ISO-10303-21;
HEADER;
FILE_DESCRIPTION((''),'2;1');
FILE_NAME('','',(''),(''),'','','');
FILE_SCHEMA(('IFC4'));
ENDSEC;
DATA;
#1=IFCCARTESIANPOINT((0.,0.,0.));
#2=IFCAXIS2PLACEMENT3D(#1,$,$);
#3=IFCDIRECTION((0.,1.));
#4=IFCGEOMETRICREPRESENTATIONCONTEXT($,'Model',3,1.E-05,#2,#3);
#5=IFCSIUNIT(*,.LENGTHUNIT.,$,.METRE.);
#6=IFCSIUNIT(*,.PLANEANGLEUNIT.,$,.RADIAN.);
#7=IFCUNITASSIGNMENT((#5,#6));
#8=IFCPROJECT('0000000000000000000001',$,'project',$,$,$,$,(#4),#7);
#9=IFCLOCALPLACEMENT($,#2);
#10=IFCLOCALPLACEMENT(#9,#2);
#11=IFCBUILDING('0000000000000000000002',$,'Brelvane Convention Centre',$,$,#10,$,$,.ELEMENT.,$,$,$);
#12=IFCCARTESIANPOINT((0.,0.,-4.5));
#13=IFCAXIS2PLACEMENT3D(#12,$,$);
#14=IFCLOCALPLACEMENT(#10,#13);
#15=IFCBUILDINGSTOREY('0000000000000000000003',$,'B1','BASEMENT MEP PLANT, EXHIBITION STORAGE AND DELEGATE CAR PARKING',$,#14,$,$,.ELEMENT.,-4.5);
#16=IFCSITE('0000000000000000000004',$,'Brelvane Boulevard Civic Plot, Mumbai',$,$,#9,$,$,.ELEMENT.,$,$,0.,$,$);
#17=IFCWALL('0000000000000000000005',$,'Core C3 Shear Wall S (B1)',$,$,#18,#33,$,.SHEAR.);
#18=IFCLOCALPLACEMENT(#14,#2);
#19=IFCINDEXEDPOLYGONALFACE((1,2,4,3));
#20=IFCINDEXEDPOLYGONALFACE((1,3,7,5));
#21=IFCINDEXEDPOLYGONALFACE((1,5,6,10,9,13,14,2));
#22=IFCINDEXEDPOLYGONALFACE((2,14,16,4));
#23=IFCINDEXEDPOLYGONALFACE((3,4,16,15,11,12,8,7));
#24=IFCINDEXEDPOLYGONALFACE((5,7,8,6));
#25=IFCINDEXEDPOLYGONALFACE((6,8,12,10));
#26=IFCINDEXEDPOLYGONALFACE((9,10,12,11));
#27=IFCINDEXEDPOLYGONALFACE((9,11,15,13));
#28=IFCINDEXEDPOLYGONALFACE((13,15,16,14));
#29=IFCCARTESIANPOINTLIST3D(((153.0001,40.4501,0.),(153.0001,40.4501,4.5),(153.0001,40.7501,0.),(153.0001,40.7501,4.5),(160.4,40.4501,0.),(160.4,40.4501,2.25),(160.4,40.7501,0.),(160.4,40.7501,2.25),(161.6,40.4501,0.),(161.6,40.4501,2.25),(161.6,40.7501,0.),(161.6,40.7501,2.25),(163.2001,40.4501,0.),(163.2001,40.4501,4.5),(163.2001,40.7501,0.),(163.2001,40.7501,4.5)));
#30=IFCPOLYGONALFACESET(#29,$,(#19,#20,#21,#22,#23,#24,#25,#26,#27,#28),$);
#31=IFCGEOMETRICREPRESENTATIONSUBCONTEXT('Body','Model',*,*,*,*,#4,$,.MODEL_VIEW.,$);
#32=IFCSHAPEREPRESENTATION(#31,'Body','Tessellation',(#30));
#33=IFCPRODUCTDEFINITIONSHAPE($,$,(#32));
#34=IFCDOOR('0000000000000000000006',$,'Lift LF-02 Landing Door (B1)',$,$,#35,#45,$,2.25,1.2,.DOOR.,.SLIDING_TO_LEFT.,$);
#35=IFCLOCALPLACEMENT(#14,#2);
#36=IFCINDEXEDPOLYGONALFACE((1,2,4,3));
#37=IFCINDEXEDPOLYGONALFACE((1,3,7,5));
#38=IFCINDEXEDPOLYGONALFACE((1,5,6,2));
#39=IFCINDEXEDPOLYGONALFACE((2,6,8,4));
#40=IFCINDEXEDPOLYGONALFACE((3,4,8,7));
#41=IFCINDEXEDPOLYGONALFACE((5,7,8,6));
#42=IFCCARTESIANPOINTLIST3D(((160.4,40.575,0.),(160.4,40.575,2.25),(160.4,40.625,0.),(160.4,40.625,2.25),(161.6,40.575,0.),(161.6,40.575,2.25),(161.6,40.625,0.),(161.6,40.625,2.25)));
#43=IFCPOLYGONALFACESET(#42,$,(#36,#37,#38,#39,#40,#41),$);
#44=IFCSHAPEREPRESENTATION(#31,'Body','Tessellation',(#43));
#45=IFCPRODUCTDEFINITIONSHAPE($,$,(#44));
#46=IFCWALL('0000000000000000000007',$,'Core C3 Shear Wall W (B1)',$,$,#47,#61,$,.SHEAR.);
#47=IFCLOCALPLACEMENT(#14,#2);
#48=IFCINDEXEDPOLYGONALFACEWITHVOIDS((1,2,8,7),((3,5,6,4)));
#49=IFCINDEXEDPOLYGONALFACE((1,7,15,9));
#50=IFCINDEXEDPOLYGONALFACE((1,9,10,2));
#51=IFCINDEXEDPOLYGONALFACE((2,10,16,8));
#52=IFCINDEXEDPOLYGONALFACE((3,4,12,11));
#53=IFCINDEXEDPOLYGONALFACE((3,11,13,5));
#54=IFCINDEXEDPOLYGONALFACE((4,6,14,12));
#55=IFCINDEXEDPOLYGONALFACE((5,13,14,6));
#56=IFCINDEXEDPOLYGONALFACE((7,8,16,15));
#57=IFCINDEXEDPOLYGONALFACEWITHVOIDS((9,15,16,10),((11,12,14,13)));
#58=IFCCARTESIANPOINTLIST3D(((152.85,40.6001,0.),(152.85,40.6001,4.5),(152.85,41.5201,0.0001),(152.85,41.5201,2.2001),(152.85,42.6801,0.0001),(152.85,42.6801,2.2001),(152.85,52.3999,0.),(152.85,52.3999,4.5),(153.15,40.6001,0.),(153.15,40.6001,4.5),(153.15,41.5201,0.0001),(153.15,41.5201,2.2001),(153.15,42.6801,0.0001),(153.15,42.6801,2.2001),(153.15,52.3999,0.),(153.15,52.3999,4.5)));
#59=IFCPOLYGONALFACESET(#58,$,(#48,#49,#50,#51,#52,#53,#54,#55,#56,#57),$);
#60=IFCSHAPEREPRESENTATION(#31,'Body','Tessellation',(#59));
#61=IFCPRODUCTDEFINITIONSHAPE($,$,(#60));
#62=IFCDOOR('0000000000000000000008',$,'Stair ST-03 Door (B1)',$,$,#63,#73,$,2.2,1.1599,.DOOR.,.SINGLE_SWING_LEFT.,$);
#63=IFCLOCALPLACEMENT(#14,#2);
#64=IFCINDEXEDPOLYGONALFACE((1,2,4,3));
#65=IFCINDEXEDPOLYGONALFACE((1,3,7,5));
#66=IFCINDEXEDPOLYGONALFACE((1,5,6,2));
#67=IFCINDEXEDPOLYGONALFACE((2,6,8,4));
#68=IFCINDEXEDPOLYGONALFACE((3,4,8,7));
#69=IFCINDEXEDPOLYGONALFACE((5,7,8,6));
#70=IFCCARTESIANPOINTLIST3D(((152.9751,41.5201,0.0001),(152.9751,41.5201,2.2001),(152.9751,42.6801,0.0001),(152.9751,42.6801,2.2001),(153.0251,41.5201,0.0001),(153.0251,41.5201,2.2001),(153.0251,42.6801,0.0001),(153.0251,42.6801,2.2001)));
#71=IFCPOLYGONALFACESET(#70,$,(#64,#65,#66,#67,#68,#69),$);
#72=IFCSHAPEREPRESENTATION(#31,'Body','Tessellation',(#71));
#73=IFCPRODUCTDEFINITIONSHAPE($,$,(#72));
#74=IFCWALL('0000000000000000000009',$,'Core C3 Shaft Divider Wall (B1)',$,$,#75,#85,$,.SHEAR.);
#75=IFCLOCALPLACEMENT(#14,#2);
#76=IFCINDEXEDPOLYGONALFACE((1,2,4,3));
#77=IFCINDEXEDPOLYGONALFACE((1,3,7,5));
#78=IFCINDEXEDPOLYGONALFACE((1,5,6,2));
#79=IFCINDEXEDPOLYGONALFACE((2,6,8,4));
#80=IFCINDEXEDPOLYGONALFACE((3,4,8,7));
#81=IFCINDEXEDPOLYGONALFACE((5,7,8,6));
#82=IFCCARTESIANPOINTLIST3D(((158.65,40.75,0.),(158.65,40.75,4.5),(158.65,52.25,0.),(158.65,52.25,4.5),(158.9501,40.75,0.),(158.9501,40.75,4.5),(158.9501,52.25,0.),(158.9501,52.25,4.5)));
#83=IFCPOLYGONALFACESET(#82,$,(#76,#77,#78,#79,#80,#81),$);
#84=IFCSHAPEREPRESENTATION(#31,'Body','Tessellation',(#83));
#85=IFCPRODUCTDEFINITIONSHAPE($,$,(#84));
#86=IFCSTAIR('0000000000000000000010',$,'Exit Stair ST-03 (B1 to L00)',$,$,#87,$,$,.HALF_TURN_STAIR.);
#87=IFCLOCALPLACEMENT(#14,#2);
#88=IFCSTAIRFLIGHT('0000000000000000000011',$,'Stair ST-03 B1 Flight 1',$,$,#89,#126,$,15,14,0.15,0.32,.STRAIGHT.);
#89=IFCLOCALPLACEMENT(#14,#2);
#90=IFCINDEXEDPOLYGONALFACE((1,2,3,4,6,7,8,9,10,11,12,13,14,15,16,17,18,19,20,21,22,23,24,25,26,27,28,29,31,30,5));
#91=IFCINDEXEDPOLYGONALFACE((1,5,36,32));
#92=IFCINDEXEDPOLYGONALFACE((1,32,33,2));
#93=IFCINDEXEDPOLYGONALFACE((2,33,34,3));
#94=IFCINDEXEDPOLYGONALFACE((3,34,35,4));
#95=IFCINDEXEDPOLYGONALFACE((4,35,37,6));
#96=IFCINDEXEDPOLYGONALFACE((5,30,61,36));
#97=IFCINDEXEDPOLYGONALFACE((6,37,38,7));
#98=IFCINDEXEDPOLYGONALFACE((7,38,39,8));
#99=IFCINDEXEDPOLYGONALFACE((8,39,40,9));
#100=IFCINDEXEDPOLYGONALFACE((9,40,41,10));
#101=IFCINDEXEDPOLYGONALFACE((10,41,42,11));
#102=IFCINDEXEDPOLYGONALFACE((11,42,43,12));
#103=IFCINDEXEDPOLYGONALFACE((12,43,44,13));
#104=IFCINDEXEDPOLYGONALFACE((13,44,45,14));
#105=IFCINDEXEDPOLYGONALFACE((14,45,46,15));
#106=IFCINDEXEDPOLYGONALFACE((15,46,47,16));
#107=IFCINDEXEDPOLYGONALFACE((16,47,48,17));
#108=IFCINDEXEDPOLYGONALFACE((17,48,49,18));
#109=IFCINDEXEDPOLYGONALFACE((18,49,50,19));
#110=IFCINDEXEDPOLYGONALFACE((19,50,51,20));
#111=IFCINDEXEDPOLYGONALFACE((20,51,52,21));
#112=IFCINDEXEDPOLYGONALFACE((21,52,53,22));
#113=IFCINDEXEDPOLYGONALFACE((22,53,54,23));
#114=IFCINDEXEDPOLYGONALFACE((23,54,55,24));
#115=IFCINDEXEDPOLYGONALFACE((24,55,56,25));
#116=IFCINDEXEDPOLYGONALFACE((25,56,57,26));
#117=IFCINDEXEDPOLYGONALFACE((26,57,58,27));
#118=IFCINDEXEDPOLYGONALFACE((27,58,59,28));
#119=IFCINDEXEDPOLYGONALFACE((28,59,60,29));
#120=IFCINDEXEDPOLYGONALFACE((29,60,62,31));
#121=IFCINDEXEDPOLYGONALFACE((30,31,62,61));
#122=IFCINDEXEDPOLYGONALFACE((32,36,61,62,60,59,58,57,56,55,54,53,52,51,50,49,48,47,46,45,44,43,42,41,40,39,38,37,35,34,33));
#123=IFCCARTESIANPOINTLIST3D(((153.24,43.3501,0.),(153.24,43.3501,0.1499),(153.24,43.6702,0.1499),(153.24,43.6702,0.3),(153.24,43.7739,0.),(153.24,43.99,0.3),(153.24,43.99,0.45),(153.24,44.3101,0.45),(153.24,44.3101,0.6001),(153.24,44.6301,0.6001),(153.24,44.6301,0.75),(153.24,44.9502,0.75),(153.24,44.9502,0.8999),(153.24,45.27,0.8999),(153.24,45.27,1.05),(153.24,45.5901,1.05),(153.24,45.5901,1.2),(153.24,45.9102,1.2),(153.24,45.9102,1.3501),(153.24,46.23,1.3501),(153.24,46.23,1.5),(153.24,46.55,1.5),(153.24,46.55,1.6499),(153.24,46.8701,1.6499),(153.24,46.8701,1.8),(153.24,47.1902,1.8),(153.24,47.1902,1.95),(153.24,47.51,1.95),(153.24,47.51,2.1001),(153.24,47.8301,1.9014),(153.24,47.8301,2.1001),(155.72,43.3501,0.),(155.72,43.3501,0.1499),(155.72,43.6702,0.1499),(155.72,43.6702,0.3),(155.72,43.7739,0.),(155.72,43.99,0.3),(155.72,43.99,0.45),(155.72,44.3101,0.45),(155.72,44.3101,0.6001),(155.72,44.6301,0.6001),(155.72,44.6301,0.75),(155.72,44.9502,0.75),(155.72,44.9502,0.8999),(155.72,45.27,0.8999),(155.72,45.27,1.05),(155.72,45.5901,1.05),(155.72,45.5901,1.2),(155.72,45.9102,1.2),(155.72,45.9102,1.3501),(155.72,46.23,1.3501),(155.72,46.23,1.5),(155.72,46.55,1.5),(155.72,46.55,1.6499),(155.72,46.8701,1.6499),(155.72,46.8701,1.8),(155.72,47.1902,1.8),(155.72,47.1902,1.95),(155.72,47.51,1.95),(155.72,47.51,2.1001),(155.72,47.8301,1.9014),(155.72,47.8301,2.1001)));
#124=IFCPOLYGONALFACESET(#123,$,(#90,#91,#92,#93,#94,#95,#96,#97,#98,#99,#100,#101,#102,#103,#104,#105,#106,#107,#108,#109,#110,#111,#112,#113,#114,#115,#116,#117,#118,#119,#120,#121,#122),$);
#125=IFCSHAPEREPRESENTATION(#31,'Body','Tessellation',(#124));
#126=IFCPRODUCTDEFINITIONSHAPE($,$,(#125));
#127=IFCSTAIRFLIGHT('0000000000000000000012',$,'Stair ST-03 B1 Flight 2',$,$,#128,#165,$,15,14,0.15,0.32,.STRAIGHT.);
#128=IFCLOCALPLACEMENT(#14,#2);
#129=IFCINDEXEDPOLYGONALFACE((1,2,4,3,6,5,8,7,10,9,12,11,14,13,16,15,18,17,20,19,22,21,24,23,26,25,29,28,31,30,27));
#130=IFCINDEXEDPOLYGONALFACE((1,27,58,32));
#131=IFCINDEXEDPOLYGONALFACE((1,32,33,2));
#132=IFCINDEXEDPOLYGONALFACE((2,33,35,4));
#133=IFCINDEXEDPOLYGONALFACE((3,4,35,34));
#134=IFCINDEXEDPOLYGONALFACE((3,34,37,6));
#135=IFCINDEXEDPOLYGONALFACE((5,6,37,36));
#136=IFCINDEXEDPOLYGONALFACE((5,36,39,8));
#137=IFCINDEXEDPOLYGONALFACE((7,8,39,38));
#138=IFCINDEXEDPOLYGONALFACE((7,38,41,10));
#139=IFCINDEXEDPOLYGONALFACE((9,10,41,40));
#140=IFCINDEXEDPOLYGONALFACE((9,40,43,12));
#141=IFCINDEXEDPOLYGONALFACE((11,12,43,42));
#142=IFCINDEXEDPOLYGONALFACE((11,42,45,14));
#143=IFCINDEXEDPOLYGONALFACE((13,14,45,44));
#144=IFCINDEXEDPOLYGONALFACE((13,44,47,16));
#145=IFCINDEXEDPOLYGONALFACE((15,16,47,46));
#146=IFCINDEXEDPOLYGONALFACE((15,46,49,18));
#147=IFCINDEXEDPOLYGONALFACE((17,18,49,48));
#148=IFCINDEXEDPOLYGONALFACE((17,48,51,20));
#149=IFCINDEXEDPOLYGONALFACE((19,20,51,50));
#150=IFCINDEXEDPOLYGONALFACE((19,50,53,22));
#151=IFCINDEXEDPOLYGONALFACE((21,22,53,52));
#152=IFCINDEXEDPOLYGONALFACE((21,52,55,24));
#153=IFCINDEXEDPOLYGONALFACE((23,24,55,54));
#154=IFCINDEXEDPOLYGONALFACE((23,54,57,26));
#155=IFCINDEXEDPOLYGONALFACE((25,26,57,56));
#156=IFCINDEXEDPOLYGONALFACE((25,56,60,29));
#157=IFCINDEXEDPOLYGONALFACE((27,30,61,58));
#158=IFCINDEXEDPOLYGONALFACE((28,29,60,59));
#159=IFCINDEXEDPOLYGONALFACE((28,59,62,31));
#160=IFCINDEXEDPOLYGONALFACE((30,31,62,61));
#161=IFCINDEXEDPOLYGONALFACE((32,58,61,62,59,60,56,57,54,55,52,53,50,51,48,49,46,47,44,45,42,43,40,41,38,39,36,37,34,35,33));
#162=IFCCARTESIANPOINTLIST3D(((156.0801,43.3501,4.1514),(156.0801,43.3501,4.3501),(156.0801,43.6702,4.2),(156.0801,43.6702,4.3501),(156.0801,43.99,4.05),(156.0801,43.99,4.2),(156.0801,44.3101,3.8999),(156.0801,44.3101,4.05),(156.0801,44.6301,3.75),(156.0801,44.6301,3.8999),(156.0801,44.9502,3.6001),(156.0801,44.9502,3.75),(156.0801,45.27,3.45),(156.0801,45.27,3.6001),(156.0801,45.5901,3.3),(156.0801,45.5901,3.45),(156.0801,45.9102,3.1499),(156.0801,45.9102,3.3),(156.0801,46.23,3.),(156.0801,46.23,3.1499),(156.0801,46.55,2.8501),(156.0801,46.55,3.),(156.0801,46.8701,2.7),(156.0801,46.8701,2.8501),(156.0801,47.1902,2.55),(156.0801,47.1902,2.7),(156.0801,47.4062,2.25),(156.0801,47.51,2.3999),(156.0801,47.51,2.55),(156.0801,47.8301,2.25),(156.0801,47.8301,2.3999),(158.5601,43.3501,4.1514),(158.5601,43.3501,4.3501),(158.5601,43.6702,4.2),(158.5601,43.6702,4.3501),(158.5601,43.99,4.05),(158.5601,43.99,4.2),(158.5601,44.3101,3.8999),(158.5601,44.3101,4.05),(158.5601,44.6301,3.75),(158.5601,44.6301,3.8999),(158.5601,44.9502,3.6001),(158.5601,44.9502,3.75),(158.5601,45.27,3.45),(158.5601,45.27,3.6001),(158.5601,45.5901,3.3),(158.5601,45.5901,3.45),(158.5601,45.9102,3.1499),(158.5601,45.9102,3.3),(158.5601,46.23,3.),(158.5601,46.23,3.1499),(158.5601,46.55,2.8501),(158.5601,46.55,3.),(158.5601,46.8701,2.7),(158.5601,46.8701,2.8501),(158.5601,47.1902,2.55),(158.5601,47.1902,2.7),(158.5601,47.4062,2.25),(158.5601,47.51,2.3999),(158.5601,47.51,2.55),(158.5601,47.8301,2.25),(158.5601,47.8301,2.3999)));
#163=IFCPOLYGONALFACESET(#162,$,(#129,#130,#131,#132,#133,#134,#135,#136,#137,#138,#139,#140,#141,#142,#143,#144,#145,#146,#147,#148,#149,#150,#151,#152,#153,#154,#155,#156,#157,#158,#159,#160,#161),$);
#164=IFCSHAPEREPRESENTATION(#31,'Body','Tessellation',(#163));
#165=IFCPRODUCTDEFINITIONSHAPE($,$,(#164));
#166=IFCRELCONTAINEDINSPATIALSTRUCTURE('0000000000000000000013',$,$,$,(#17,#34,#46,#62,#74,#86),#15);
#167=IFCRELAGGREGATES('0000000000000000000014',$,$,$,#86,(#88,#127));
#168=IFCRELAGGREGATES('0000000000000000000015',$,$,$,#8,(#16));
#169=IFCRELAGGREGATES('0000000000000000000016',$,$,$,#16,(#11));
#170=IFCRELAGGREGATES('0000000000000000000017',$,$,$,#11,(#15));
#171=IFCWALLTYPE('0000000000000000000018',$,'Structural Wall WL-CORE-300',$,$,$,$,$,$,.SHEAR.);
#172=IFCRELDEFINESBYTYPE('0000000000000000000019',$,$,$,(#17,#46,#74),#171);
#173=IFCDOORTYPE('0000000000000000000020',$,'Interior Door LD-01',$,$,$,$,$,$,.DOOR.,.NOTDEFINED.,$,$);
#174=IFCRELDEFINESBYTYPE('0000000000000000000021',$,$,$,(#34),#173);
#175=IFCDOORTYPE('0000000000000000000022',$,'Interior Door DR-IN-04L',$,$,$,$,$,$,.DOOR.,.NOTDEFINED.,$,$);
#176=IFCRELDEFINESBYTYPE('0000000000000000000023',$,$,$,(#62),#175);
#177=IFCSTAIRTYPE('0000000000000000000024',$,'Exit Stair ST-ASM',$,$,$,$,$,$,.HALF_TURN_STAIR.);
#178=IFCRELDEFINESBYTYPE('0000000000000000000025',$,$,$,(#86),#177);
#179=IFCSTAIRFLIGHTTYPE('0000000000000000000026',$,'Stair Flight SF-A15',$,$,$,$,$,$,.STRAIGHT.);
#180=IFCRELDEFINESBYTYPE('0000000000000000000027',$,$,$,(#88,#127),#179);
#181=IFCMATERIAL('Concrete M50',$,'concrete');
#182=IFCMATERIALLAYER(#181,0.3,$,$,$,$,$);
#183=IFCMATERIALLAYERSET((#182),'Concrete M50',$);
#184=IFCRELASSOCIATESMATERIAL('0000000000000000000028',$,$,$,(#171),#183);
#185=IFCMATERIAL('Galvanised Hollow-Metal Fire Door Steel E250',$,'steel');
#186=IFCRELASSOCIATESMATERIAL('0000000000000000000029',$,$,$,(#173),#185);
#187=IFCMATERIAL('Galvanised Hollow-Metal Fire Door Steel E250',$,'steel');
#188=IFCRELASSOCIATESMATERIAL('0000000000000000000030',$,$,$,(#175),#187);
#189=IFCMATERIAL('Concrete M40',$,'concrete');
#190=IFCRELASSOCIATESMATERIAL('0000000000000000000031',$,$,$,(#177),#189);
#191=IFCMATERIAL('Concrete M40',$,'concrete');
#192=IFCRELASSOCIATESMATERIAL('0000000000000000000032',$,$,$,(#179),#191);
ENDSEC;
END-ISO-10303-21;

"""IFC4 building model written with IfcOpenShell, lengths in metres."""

from ifc_helpers import new_model, si_unit, direction, frame, frame_2d, origin, place, context, subcontext, project, spatial, polyline, rectangle, outline, extrude, material, layer, layer_set, type_object, element, fill, aggregate, save


model = new_model("IFC4")

# Units and contexts
model_context = context("Model", 3, precision=1e-05, world=origin(), true_north=direction((0.0, 1.0)))
body_context = subcontext(model_context, "Body", "Model", "MODEL_VIEW")
ifc_project = project(units=[si_unit("LENGTHUNIT", "METRE"), si_unit("PLANEANGLEUNIT", "RADIAN")], contexts=[model_context])

# Site, building, storey
site_placement = place(None, origin())
site = spatial("IfcSite", under=ifc_project, at=site_placement, Name="Brelvane Boulevard Civic Plot, Mumbai", CompositionType="ELEMENT", RefElevation=0.0)
building_placement = place(site_placement, origin())
building = spatial("IfcBuilding", under=site, at=building_placement, Name="Brelvane Convention Centre", CompositionType="ELEMENT")
storey_placement = place(building_placement, frame((0.0, 0.0, -4.5)))
storey = spatial("IfcBuildingStorey", under=building, at=storey_placement, Name="B1", Description="BASEMENT MEP PLANT, EXHIBITION STORAGE AND DELEGATE CAR PARKING", CompositionType="ELEMENT", Elevation=-4.5)

# Walls, openings, doors
ifc_material_1 = material(Name="Concrete M50", Category="concrete")
ifc_layer_1 = layer(ifc_material_1, 0.3)
ifc_layer_set_1 = layer_set([ifc_layer_1], Name="Concrete M50")
wall_type_1 = type_object("IfcWallType", Name="Structural Wall WL-CORE-300", PredefinedType="SHEAR", material=ifc_layer_set_1)
wall_1_placement = place(storey_placement, frame((153.0, 40.6001, 0.0), z_axis=(0.0, 0.0, 1.0), x_axis=(1.0, 0.0, 0.0)))
wall_1 = element("IfcWall", 1, at=wall_1_placement, inside=storey, type_object=wall_type_1, Name="Core C3 Shear Wall S (B1)", PredefinedType="SHEAR", context=body_context, shape_type="SweptSolid", body=[
    extrude(rectangle(XDim=10.2, YDim=0.3, at=frame_2d((5.1001, 0.0))), origin(), (0.0, 0.0, 1.0), 4.5),
])
opening_1_placement = place(wall_1_placement, frame((7.3999, 0.0, 0.0)))
opening_1 = element("IfcOpeningElement", 2, at=opening_1_placement, cuts=wall_1, PredefinedType="OPENING", context=body_context, shape_type="SweptSolid", body=[
    extrude(rectangle(XDim=1.2, YDim=2.25, at=frame_2d((0.6001, 1.125))), frame((0.0, 0.1599, 0.0), z_axis=(0.0, -1.0, 0.0), x_axis=(1.0, 0.0, 0.0)), (0.0, 0.0, 1.0), 0.3201),
])
ifc_material_2 = material(Name="Galvanised Hollow-Metal Fire Door Steel E250", Category="steel")
door_type_1 = type_object("IfcDoorType", Name="Interior Door LD-01", OperationType="NOTDEFINED", PredefinedType="DOOR", material=ifc_material_2)
door_1_placement = place(opening_1_placement, origin())
door_1 = element("IfcDoor", 3, at=door_1_placement, inside=storey, type_object=door_type_1, Name="Lift LF-02 Landing Door (B1)", OperationType="SLIDING_TO_LEFT", OverallHeight=2.25, OverallWidth=1.2, PredefinedType="DOOR", context=body_context, shape_type="SweptSolid", body=[
    extrude(rectangle(XDim=1.2, YDim=2.25, at=frame_2d((0.6001, 1.125))), frame((0.0, 0.0249, 0.0), z_axis=(0.0, -1.0, 0.0), x_axis=(1.0, 0.0, 0.0)), (0.0, 0.0, 1.0), 0.05),
])
fill(opening_1, door_1)
wall_2_placement = place(storey_placement, frame((153.0, 40.6001, 0.0), z_axis=(0.0, 0.0, 1.0), x_axis=(0.0, 1.0, 0.0)))
wall_2 = element("IfcWall", 4, at=wall_2_placement, inside=storey, type_object=wall_type_1, Name="Core C3 Shear Wall W (B1)", PredefinedType="SHEAR", context=body_context, shape_type="SweptSolid", body=[
    extrude(rectangle(XDim=11.7998, YDim=0.3, at=frame_2d((5.8999, 0.0))), origin(), (0.0, 0.0, 1.0), 4.5),
])
opening_2_placement = place(wall_2_placement, frame((0.9199, 0.0, 0.0)))
opening_2 = element("IfcOpeningElement", 5, at=opening_2_placement, cuts=wall_2, PredefinedType="OPENING", context=body_context, shape_type="SweptSolid", body=[
    extrude(rectangle(XDim=1.1599, YDim=2.2, at=frame_2d((0.5801, 1.1001))), frame((0.0, 0.1599, 0.0), z_axis=(0.0, -1.0, 0.0), x_axis=(1.0, 0.0, 0.0)), (0.0, 0.0, 1.0), 0.3201),
])
ifc_material_3 = material(Name="Galvanised Hollow-Metal Fire Door Steel E250", Category="steel")
door_type_2 = type_object("IfcDoorType", Name="Interior Door DR-IN-04L", OperationType="NOTDEFINED", PredefinedType="DOOR", material=ifc_material_3)
door_2_placement = place(opening_2_placement, origin())
door_2 = element("IfcDoor", 6, at=door_2_placement, inside=storey, type_object=door_type_2, Name="Stair ST-03 Door (B1)", OperationType="SINGLE_SWING_LEFT", OverallHeight=2.2, OverallWidth=1.1599, PredefinedType="DOOR", context=body_context, shape_type="SweptSolid", body=[
    extrude(rectangle(XDim=1.1599, YDim=2.2, at=frame_2d((0.5801, 1.1001))), frame((0.0, 0.0249, 0.0), z_axis=(0.0, -1.0, 0.0), x_axis=(1.0, 0.0, 0.0)), (0.0, 0.0, 1.0), 0.05),
])
fill(opening_2, door_2)

# Wall
wall_3_placement = place(storey_placement, frame((158.8, 40.75, 0.0), z_axis=(0.0, 0.0, 1.0), x_axis=(0.0, 1.0, 0.0)))
element("IfcWall", 7, at=wall_3_placement, inside=storey, type_object=wall_type_1, Name="Core C3 Shaft Divider Wall (B1)", PredefinedType="SHEAR", context=body_context, shape_type="SweptSolid", body=[
    extrude(rectangle(XDim=11.5, YDim=0.3, at=frame_2d((5.75, 0.0))), origin(), (0.0, 0.0, 1.0), 4.5),
])

# Stair, stair flights
ifc_material_4 = material(Name="Concrete M40", Category="concrete")
stair_type = type_object("IfcStairType", Name="Exit Stair ST-ASM", PredefinedType="HALF_TURN_STAIR", material=ifc_material_4)
stair_placement = place(storey_placement, origin())
stair = element("IfcStair", 8, at=stair_placement, inside=storey, type_object=stair_type, Name="Exit Stair ST-03 (B1 to L00)", PredefinedType="HALF_TURN_STAIR")
ifc_material_5 = material(Name="Concrete M40", Category="concrete")
stair_flight_type = type_object("IfcStairFlightType", Name="Stair Flight SF-A15", PredefinedType="STRAIGHT", material=ifc_material_5)
stair_flight_1_placement = place(storey_placement, frame((154.48, 43.3501, 0.0), z_axis=(0.0, 0.0, 1.0), x_axis=(0.0, 1.0, 0.0)))
stair_flight_1 = element("IfcStairFlight", 9, at=stair_flight_1_placement, type_object=stair_flight_type, Name="Stair ST-03 B1 Flight 1", NumberOfRisers=15, NumberOfTreads=14, PredefinedType="STRAIGHT", RiserHeight=0.15, TreadLength=0.32, context=body_context, shape_type="SweptSolid", body=[
    extrude(outline(polyline([(0.0, 0.0), (0.0, 0.1499), (0.3201, 0.1499), (0.3201, 0.3), (0.6399, 0.3), (0.6399, 0.45), (0.96, 0.45), (0.96, 0.6001), (1.28, 0.6001), (1.28, 0.75), (1.6001, 0.75), (1.6001, 0.8999), (1.9199, 0.8999), (1.9199, 1.05), (2.24, 1.05), (2.24, 1.2), (2.5601, 1.2), (2.5601, 1.3501), (2.8799, 1.3501), (2.8799, 1.5), (3.2, 1.5), (3.2, 1.6499), (3.52, 1.6499), (3.52, 1.8), (3.8401, 1.8), (3.8401, 1.95), (4.1599, 1.95), (4.1599, 2.1001), (4.48, 2.1001), (4.48, 2.25), (4.48, 1.9014), (0.4238, 0.0), (0.0, 0.0)])), frame((0.0, 1.24, 0.0), z_axis=(0.0, -1.0, 0.0), x_axis=(1.0, 0.0, 0.0)), (0.0, 0.0, 1.0), 2.48),
])
stair_flight_2_placement = place(storey_placement, frame((157.3201, 47.8301, 2.25), z_axis=(0.0, 0.0, 1.0), x_axis=(0.0, -1.0, 0.0)))
stair_flight_2 = element("IfcStairFlight", 10, at=stair_flight_2_placement, type_object=stair_flight_type, Name="Stair ST-03 B1 Flight 2", NumberOfRisers=15, NumberOfTreads=14, PredefinedType="STRAIGHT", RiserHeight=0.15, TreadLength=0.32, context=body_context, shape_type="SweptSolid", body=[
    extrude(outline(polyline([(0.0, 0.0), (0.0, 0.1499), (0.3201, 0.1499), (0.3201, 0.3), (0.6399, 0.3), (0.6399, 0.45), (0.96, 0.45), (0.96, 0.6001), (1.28, 0.6001), (1.28, 0.75), (1.6001, 0.75), (1.6001, 0.8999), (1.9199, 0.8999), (1.9199, 1.05), (2.24, 1.05), (2.24, 1.2), (2.5601, 1.2), (2.5601, 1.3501), (2.8799, 1.3501), (2.8799, 1.5), (3.2, 1.5), (3.2, 1.6499), (3.52, 1.6499), (3.52, 1.8), (3.8401, 1.8), (3.8401, 1.95), (4.1599, 1.95), (4.1599, 2.1001), (4.48, 2.1001), (4.48, 2.25), (4.48, 1.9014), (0.4238, 0.0), (0.0, 0.0)])), frame((0.0, 1.24, 0.0), z_axis=(0.0, -1.0, 0.0), x_axis=(1.0, 0.0, 0.0)), (0.0, 0.0, 1.0), 2.48),
])
aggregate(stair, [stair_flight_1, stair_flight_2])

save(model, "model.ifc")
